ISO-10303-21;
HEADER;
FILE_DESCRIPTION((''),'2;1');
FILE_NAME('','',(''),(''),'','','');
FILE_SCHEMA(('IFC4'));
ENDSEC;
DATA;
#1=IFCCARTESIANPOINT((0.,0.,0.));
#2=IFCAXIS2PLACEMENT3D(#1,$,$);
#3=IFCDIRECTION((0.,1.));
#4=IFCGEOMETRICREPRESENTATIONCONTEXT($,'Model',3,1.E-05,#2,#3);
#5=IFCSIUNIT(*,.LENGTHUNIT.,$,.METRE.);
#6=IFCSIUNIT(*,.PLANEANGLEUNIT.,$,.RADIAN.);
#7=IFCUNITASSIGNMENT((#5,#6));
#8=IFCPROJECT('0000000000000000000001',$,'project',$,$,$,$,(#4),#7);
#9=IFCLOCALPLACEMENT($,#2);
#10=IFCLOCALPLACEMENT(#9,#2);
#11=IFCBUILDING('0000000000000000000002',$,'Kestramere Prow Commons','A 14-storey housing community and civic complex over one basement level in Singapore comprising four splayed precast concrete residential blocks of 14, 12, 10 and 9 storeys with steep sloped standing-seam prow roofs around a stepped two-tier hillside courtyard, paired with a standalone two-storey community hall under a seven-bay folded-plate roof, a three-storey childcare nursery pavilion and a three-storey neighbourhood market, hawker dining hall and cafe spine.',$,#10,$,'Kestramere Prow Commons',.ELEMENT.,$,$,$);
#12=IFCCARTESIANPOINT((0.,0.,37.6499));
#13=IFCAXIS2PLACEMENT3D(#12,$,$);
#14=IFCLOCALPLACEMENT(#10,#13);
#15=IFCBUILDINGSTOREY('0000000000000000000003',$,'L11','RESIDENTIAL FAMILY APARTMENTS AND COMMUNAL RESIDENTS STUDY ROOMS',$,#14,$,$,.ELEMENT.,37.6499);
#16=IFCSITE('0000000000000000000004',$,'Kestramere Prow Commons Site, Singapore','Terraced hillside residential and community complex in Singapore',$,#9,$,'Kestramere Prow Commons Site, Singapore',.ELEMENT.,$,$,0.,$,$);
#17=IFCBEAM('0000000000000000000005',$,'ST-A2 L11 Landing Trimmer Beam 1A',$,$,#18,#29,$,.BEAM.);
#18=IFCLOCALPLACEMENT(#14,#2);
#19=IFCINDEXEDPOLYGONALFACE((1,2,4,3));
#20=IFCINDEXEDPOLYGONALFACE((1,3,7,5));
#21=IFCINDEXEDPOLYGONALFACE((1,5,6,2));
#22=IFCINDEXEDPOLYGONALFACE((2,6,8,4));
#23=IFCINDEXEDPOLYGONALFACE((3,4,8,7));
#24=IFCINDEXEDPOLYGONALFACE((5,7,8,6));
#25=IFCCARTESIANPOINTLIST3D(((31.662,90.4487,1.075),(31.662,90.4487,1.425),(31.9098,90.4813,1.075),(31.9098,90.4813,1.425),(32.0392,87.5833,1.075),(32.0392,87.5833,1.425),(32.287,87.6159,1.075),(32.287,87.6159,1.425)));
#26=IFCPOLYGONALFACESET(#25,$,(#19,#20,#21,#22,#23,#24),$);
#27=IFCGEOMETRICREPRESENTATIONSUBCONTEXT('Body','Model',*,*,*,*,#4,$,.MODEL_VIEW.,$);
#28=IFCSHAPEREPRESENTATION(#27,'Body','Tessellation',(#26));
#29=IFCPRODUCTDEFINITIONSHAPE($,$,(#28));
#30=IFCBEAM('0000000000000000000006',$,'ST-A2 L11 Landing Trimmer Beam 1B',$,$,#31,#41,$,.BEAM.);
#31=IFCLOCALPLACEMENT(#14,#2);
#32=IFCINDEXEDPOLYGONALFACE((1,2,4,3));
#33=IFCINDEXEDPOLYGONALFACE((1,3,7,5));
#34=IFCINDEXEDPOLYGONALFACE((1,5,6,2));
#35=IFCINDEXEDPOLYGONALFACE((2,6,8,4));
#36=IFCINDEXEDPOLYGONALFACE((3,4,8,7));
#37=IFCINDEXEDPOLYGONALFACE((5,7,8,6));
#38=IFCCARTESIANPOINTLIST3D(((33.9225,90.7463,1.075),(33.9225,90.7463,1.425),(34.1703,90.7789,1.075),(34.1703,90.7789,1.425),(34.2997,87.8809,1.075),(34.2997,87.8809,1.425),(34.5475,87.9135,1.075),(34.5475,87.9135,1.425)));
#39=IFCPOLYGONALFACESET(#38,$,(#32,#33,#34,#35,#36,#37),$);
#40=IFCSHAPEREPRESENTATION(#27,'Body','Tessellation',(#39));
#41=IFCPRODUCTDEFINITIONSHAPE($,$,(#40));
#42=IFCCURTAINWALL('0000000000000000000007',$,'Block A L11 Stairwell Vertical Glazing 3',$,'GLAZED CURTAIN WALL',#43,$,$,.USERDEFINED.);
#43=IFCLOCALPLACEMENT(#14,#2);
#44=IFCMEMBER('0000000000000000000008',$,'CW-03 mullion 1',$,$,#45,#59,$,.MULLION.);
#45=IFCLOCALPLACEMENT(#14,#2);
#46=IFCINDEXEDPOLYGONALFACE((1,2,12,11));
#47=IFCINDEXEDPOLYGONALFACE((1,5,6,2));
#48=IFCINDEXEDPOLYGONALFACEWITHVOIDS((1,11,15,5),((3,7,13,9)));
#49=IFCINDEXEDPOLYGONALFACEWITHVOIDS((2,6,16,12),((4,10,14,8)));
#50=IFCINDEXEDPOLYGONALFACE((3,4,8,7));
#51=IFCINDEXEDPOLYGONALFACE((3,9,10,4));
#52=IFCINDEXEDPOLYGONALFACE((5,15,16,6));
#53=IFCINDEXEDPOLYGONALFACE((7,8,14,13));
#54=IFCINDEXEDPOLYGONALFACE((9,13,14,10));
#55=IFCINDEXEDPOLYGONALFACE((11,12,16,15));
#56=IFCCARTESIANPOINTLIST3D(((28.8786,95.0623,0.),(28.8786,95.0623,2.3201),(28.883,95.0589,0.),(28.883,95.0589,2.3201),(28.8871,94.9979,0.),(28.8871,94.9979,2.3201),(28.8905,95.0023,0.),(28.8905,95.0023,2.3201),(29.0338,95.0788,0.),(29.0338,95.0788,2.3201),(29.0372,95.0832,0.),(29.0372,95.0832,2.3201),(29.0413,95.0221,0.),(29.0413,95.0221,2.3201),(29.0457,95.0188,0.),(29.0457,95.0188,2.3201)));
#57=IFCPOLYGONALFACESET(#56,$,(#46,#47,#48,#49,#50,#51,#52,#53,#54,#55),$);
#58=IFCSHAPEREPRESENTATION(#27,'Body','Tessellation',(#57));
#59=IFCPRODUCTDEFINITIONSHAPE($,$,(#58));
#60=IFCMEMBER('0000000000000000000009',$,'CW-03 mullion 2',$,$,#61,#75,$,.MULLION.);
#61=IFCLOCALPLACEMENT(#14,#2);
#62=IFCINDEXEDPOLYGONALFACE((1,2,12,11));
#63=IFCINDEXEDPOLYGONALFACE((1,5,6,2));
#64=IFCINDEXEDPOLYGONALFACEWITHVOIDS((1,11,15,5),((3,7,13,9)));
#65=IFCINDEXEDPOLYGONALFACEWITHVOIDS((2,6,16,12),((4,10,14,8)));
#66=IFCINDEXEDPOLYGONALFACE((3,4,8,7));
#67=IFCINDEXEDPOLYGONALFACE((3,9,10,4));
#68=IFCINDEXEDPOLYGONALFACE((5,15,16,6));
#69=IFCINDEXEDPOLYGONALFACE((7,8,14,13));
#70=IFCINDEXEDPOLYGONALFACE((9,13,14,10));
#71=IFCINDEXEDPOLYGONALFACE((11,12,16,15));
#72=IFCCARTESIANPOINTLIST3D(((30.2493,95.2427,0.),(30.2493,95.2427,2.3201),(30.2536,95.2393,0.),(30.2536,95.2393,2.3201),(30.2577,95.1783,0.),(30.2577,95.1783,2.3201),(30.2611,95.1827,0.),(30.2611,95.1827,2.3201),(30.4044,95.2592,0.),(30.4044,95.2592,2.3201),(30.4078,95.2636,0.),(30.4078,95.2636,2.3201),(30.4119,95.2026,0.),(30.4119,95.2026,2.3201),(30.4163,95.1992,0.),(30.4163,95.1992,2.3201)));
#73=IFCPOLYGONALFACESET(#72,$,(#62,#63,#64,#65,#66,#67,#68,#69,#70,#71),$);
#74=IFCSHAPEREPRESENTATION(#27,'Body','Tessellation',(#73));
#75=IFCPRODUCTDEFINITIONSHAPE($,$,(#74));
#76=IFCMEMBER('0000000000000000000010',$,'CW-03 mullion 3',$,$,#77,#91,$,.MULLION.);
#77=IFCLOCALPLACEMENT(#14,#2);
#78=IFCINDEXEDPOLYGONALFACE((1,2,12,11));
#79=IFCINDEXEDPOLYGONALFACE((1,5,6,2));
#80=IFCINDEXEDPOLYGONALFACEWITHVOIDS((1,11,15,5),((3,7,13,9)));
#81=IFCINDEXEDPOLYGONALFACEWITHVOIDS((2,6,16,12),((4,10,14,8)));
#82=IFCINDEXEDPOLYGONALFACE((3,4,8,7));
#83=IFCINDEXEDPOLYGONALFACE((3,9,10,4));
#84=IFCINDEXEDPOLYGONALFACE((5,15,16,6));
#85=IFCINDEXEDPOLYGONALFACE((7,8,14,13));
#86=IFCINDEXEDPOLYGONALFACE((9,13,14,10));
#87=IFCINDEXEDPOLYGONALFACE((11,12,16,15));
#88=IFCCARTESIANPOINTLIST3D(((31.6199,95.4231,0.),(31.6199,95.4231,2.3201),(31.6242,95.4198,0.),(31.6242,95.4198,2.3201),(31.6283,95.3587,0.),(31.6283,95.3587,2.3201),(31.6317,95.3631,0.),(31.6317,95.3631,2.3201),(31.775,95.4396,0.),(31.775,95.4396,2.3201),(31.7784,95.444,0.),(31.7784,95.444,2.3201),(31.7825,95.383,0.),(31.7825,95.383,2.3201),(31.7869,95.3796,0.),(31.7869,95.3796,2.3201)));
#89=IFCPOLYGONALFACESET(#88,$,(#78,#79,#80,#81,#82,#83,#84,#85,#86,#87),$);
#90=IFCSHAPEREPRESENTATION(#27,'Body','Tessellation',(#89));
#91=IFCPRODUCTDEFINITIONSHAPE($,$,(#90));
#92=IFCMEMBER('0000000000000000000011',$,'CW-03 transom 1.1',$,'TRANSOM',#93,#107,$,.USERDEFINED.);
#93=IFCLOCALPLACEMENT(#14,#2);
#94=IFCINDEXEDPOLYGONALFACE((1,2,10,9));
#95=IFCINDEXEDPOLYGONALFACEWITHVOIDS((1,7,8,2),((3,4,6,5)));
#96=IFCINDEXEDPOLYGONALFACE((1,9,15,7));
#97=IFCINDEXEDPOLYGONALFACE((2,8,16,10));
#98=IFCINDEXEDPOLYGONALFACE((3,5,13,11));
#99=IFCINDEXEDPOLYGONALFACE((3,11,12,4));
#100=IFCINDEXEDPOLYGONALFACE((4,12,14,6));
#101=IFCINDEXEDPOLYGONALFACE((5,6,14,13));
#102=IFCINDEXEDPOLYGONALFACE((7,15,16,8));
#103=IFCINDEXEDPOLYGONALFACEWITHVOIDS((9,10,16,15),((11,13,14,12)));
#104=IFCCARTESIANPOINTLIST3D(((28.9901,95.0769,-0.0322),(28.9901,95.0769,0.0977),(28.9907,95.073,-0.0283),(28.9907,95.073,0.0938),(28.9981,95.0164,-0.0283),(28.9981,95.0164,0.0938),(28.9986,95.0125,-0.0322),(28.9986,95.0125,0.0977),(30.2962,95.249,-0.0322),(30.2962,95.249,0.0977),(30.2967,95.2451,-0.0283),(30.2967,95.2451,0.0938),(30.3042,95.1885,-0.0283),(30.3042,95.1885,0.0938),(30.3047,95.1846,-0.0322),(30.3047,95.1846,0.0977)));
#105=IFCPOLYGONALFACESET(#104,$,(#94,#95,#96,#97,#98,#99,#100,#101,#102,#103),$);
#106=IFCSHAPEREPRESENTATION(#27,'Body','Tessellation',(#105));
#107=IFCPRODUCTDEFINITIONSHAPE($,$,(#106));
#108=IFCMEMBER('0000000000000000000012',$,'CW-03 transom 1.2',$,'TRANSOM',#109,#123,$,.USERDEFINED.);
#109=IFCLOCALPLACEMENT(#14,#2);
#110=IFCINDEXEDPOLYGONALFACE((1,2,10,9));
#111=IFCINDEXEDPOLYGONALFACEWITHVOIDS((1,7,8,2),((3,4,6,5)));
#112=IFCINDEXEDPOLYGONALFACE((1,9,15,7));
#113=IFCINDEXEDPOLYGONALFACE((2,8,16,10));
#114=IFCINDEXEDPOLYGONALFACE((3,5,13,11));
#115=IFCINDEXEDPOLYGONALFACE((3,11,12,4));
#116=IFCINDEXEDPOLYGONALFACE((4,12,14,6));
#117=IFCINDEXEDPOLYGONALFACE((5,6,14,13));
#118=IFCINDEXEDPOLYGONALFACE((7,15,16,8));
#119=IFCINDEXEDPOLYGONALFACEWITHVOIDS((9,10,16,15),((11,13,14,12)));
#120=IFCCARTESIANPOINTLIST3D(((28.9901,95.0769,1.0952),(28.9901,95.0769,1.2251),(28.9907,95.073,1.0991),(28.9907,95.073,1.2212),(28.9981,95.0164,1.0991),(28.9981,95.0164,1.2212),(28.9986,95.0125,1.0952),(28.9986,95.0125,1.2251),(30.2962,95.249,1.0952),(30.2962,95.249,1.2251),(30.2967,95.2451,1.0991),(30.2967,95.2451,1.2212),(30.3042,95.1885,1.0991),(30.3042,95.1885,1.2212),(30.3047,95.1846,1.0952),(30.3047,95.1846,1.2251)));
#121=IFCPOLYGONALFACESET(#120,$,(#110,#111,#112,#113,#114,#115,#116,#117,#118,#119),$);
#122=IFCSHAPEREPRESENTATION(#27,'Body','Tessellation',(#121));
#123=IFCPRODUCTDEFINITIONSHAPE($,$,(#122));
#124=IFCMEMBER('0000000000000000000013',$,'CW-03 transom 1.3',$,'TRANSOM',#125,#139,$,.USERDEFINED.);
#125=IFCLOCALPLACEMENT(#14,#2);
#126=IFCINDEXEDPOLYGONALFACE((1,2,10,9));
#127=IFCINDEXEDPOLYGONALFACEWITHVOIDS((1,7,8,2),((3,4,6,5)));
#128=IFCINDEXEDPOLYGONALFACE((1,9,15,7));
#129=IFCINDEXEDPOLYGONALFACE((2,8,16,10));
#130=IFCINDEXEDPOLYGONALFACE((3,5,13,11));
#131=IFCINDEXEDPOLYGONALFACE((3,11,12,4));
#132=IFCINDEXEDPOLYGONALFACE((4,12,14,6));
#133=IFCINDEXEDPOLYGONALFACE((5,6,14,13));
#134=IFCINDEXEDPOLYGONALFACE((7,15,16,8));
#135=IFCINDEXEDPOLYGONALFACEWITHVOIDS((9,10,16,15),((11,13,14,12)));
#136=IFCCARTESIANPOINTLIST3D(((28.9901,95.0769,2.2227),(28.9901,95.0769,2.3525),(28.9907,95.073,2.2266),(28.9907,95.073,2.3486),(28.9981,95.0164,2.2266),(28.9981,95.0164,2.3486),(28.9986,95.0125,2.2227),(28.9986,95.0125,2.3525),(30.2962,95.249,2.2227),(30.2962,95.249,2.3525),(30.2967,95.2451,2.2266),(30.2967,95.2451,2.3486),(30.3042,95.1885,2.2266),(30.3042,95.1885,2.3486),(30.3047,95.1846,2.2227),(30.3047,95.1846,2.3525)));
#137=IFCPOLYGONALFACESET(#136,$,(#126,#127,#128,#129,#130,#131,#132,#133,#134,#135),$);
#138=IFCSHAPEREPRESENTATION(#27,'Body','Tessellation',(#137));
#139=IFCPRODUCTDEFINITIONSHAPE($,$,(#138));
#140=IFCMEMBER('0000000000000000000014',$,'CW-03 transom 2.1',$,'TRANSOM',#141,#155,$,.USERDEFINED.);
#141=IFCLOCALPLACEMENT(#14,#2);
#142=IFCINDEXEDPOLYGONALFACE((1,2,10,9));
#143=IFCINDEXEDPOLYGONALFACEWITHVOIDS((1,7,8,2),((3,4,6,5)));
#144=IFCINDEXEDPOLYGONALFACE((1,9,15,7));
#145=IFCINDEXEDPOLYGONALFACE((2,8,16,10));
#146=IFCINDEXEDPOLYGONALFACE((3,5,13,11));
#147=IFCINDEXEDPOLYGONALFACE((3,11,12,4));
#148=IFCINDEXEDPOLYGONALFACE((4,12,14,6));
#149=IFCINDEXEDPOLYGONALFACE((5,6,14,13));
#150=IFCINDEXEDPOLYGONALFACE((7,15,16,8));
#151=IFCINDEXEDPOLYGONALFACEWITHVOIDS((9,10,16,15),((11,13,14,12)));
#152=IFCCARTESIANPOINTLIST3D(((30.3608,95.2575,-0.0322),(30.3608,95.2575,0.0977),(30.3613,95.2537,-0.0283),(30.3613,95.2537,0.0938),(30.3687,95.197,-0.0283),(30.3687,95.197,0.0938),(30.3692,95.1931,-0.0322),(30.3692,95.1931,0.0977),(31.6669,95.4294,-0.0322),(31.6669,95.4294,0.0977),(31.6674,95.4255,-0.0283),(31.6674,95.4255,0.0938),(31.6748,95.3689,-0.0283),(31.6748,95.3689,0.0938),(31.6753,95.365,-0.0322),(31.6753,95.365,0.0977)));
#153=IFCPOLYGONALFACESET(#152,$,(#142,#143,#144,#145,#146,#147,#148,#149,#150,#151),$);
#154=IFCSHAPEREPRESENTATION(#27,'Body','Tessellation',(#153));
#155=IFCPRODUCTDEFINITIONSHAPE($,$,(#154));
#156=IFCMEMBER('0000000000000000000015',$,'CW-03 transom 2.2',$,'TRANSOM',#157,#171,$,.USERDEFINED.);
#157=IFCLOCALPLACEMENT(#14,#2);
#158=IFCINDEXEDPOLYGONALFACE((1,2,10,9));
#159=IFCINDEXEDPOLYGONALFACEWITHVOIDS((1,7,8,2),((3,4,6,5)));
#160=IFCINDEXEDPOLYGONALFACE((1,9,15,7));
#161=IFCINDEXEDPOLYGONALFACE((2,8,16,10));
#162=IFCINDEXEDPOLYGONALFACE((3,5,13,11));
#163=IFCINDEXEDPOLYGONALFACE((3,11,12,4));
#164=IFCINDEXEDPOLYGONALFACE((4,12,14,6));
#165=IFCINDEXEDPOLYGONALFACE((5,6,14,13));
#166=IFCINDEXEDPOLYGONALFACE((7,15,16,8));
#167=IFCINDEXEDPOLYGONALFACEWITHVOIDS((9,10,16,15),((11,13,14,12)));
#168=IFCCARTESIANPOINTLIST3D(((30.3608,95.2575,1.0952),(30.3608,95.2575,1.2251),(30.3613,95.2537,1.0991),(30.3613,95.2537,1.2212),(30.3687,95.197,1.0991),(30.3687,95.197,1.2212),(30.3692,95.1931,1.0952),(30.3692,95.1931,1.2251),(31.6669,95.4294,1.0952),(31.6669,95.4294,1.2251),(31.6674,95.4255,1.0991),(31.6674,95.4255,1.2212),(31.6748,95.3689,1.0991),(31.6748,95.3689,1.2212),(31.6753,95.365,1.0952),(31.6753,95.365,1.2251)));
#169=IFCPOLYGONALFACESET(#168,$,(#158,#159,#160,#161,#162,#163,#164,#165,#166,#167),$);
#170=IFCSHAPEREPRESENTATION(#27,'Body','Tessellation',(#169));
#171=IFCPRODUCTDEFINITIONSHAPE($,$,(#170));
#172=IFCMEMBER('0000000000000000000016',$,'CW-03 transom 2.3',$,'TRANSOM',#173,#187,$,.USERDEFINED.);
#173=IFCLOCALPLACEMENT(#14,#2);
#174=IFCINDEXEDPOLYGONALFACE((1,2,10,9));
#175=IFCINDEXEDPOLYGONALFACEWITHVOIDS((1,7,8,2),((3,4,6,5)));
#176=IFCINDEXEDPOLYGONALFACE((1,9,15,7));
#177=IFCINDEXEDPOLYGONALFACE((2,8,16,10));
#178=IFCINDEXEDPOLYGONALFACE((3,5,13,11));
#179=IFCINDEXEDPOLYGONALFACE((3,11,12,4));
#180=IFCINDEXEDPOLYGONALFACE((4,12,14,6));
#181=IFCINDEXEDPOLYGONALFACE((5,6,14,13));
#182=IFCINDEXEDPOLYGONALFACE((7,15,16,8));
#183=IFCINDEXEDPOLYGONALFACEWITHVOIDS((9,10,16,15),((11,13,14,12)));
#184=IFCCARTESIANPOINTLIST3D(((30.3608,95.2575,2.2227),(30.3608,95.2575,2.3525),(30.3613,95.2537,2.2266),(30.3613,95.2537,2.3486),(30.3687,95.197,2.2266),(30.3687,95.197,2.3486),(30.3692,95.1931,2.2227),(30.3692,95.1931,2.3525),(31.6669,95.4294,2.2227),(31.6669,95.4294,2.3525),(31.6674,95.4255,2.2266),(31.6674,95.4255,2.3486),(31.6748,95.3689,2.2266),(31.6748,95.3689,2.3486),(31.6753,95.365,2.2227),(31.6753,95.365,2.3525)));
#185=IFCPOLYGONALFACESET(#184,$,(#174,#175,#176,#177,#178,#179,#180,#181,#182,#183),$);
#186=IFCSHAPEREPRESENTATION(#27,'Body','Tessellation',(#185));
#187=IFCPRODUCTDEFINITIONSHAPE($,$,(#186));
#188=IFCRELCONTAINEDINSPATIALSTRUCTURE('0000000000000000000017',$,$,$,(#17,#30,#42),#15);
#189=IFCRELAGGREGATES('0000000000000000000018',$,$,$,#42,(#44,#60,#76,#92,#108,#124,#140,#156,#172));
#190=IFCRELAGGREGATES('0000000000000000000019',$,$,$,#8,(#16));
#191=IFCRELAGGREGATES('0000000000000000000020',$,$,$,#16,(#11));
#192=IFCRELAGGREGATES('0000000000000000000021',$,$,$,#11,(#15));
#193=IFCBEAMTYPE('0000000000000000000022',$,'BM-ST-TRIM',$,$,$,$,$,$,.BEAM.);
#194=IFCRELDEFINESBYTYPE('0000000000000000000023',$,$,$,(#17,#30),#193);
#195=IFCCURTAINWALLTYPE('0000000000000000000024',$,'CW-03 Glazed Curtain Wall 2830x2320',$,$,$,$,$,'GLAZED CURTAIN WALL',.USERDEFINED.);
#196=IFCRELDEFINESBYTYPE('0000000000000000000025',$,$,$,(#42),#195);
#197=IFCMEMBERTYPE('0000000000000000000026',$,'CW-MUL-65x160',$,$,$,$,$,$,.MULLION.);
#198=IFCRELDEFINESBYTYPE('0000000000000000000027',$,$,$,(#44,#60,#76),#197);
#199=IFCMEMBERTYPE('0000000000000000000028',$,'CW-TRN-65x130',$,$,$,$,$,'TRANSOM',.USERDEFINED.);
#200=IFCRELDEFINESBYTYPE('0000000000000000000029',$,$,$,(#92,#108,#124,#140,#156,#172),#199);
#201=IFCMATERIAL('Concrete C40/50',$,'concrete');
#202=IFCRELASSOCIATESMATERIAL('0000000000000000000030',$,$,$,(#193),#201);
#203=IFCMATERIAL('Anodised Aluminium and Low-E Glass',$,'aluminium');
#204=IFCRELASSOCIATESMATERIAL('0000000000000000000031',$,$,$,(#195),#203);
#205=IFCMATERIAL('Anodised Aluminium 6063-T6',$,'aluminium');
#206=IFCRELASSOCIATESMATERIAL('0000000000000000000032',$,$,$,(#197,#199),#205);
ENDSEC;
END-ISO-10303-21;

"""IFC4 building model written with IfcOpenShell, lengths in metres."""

from ifc_helpers import new_model, si_unit, direction, frame, origin, origin_2d, place, context, subcontext, project, spatial, rectangle, hollow_rectangle, extrude, material, material_profile, profile_set, type_object, element, aggregate, save


model = new_model("IFC4")

# Units and contexts
model_context = context("Model", 3, precision=1e-05, world=origin(), true_north=direction((0.0, 1.0)))
body_context = subcontext(model_context, "Body", "Model", "MODEL_VIEW")
ifc_project = project(units=[si_unit("LENGTHUNIT", "METRE"), si_unit("PLANEANGLEUNIT", "RADIAN")], contexts=[model_context])

# Site, building, storey
site_placement = place(None, origin())
site = spatial("IfcSite", under=ifc_project, at=site_placement, Name="Kestramere Prow Commons Site, Singapore", Description="Terraced hillside residential and community complex in Singapore", LongName="Kestramere Prow Commons Site, Singapore", CompositionType="ELEMENT", RefElevation=0.0)
building_placement = place(site_placement, origin())
building = spatial("IfcBuilding", under=site, at=building_placement, Name="Kestramere Prow Commons", Description="A 14-storey housing community and civic complex over one basement level in Singapore comprising four splayed precast concrete residential blocks of 14, 12, 10 and 9 storeys with steep sloped standing-seam prow roofs around a stepped two-tier hillside courtyard, paired with a standalone two-storey community hall under a seven-bay folded-plate roof, a three-storey childcare nursery pavilion and a three-storey neighbourhood market, hawker dining hall and cafe spine.", LongName="Kestramere Prow Commons", CompositionType="ELEMENT")
storey_placement = place(building_placement, frame((0.0, 0.0, 37.6499)))
storey = spatial("IfcBuildingStorey", under=building, at=storey_placement, Name="L11", Description="RESIDENTIAL FAMILY APARTMENTS AND COMMUNAL RESIDENTS STUDY ROOMS", CompositionType="ELEMENT", Elevation=37.6499)

# Beams
ifc_material_1 = material(Name="Concrete C40/50", Category="concrete")
ifc_material_profile_1 = material_profile(ifc_material_1, rectangle(XDim=0.25, YDim=0.3501, at=origin_2d()), Name="PC-BM 250x350")
ifc_profile_set_1 = profile_set([ifc_material_profile_1], Name="Concrete C40/50")
beam_type = type_object("IfcBeamType", Name="BM-ST-TRIM", PredefinedType="BEAM", material=ifc_profile_set_1)
for number, where, z_axis, x_axis, name in (
    (1, (32.1631, 87.5996, 1.25), (-0.130509, 0.991447, 0.0), (-0.991447, -0.130509, 0.0), "ST-A2 L11 Landing Trimmer Beam 1A"),
    (2, (34.4236, 87.8972, 1.25), (-0.130509, 0.991447, 0.0), (-0.991447, -0.130509, 0.0), "ST-A2 L11 Landing Trimmer Beam 1B"),
):
    element("IfcBeam", number, at=place(storey_placement, frame(where, z_axis=z_axis, x_axis=x_axis)), inside=storey, type_object=beam_type, Name=name, PredefinedType="BEAM", context=body_context, shape_type="SweptSolid", body=[
        extrude(rectangle(XDim=0.25, YDim=0.3501, at=origin_2d()), origin(), (0.0, 0.0, 1.0), 2.8901),
    ])

# Curtain wall, members
ifc_material_2 = material(Name="Anodised Aluminium and Low-E Glass", Category="aluminium")
curtain_wall_type = type_object("IfcCurtainWallType", Name="CW-03 Glazed Curtain Wall 2830x2320", ElementType="GLAZED CURTAIN WALL", PredefinedType="USERDEFINED", material=ifc_material_2)
curtain_wall_placement = place(storey_placement, origin())
curtain_wall = element("IfcCurtainWall", 3, at=curtain_wall_placement, inside=storey, type_object=curtain_wall_type, Name="Block A L11 Stairwell Vertical Glazing 3", ObjectType="GLAZED CURTAIN WALL", PredefinedType="USERDEFINED")
ifc_material_3 = material(Name="Anodised Aluminium 6063-T6", Category="aluminium")
ifc_material_profile_2 = material_profile(ifc_material_3, hollow_rectangle(XDim=0.0649, YDim=0.1599, WallThickness=0.0039, at=origin_2d()), Name="ALU-MUL 65x160")
ifc_profile_set_2 = profile_set([ifc_material_profile_2], Name="Anodised Aluminium 6063-T6")
member_type_1 = type_object("IfcMemberType", Name="CW-MUL-65x160", PredefinedType="MULLION", material=ifc_profile_set_2)
member_1_placement = place(storey_placement, frame((28.9622, 95.0405, 0.0), z_axis=(0.0, 0.0, 1.0), x_axis=(-0.130526, 0.991445, 0.0)))
member_1 = element("IfcMember", 4, at=member_1_placement, type_object=member_type_1, Name="CW-03 mullion 1", PredefinedType="MULLION", context=body_context, shape_type="SweptSolid", body=[
    extrude(hollow_rectangle(XDim=0.0649, YDim=0.1599, WallThickness=0.0039, at=origin_2d()), origin(), (0.0, 0.0, 1.0), 2.3201),
])
member_2_placement = place(storey_placement, frame((30.3328, 95.2209, 0.0), z_axis=(0.0, 0.0, 1.0), x_axis=(-0.130526, 0.991445, 0.0)))
member_2 = element("IfcMember", 5, at=member_2_placement, type_object=member_type_1, Name="CW-03 mullion 2", PredefinedType="MULLION", context=body_context, shape_type="SweptSolid", body=[
    extrude(hollow_rectangle(XDim=0.0649, YDim=0.1599, WallThickness=0.0039, at=origin_2d()), origin(), (0.0, 0.0, 1.0), 2.3201),
])
member_3_placement = place(storey_placement, frame((31.7034, 95.4014, 0.0), z_axis=(0.0, 0.0, 1.0), x_axis=(-0.130526, 0.991445, 0.0)))
member_3 = element("IfcMember", 6, at=member_3_placement, type_object=member_type_1, Name="CW-03 mullion 3", PredefinedType="MULLION", context=body_context, shape_type="SweptSolid", body=[
    extrude(hollow_rectangle(XDim=0.0649, YDim=0.1599, WallThickness=0.0039, at=origin_2d()), origin(), (0.0, 0.0, 1.0), 2.3201),
])
ifc_material_profile_3 = material_profile(ifc_material_3, hollow_rectangle(XDim=0.0649, YDim=0.1299, WallThickness=0.0039, at=origin_2d()), Name="ALU-TRN 65x130")
ifc_profile_set_3 = profile_set([ifc_material_profile_3], Name="Anodised Aluminium 6063-T6")
member_type_2 = type_object("IfcMemberType", Name="CW-TRN-65x130", ElementType="TRANSOM", PredefinedType="USERDEFINED", material=ifc_profile_set_3)
member_4_placement = place(storey_placement, frame((28.9944, 95.0447, 0.0327), z_axis=(0.991429, 0.130646, 0.0), x_axis=(-0.130646, 0.991429, 0.0)))
member_4 = element("IfcMember", 7, at=member_4_placement, type_object=member_type_2, Name="CW-03 transom 1.1", ObjectType="TRANSOM", PredefinedType="USERDEFINED", context=body_context, shape_type="SweptSolid", body=[
    extrude(hollow_rectangle(XDim=0.0649, YDim=0.1299, WallThickness=0.0039, at=origin_2d()), origin(), (0.0, 0.0, 1.0), 1.3174),
])
member_5_placement = place(storey_placement, frame((28.9944, 95.0447, 1.1602), z_axis=(0.991429, 0.130646, 0.0), x_axis=(-0.130646, 0.991429, 0.0)))
member_5 = element("IfcMember", 8, at=member_5_placement, type_object=member_type_2, Name="CW-03 transom 1.2", ObjectType="TRANSOM", PredefinedType="USERDEFINED", context=body_context, shape_type="SweptSolid", body=[
    extrude(hollow_rectangle(XDim=0.0649, YDim=0.1299, WallThickness=0.0039, at=origin_2d()), origin(), (0.0, 0.0, 1.0), 1.3174),
])
member_6_placement = place(storey_placement, frame((28.9944, 95.0447, 2.2876), z_axis=(0.991429, 0.130646, 0.0), x_axis=(-0.130646, 0.991429, 0.0)))
member_6 = element("IfcMember", 9, at=member_6_placement, type_object=member_type_2, Name="CW-03 transom 1.3", ObjectType="TRANSOM", PredefinedType="USERDEFINED", context=body_context, shape_type="SweptSolid", body=[
    extrude(hollow_rectangle(XDim=0.0649, YDim=0.1299, WallThickness=0.0039, at=origin_2d()), origin(), (0.0, 0.0, 1.0), 1.3174),
])
member_7_placement = place(storey_placement, frame((30.365, 95.2253, 0.0327), z_axis=(0.991453, 0.130464, 0.0), x_axis=(-0.130464, 0.991453, 0.0)))
member_7 = element("IfcMember", 10, at=member_7_placement, type_object=member_type_2, Name="CW-03 transom 2.1", ObjectType="TRANSOM", PredefinedType="USERDEFINED", context=body_context, shape_type="SweptSolid", body=[
    extrude(hollow_rectangle(XDim=0.0649, YDim=0.1299, WallThickness=0.0039, at=origin_2d()), origin(), (0.0, 0.0, 1.0), 1.3174),
])
member_8_placement = place(storey_placement, frame((30.365, 95.2253, 1.1602), z_axis=(0.991453, 0.130464, 0.0), x_axis=(-0.130464, 0.991453, 0.0)))
member_8 = element("IfcMember", 11, at=member_8_placement, type_object=member_type_2, Name="CW-03 transom 2.2", ObjectType="TRANSOM", PredefinedType="USERDEFINED", context=body_context, shape_type="SweptSolid", body=[
    extrude(hollow_rectangle(XDim=0.0649, YDim=0.1299, WallThickness=0.0039, at=origin_2d()), origin(), (0.0, 0.0, 1.0), 1.3174),
])
member_9_placement = place(storey_placement, frame((30.365, 95.2253, 2.2876), z_axis=(0.991453, 0.130464, 0.0), x_axis=(-0.130464, 0.991453, 0.0)))
member_9 = element("IfcMember", 12, at=member_9_placement, type_object=member_type_2, Name="CW-03 transom 2.3", ObjectType="TRANSOM", PredefinedType="USERDEFINED", context=body_context, shape_type="SweptSolid", body=[
    extrude(hollow_rectangle(XDim=0.0649, YDim=0.1299, WallThickness=0.0039, at=origin_2d()), origin(), (0.0, 0.0, 1.0), 1.3174),
])
aggregate(curtain_wall, [member_1, member_2, member_3, member_4, member_5, member_6, member_7, member_8, member_9])

save(model, "model.ifc")
